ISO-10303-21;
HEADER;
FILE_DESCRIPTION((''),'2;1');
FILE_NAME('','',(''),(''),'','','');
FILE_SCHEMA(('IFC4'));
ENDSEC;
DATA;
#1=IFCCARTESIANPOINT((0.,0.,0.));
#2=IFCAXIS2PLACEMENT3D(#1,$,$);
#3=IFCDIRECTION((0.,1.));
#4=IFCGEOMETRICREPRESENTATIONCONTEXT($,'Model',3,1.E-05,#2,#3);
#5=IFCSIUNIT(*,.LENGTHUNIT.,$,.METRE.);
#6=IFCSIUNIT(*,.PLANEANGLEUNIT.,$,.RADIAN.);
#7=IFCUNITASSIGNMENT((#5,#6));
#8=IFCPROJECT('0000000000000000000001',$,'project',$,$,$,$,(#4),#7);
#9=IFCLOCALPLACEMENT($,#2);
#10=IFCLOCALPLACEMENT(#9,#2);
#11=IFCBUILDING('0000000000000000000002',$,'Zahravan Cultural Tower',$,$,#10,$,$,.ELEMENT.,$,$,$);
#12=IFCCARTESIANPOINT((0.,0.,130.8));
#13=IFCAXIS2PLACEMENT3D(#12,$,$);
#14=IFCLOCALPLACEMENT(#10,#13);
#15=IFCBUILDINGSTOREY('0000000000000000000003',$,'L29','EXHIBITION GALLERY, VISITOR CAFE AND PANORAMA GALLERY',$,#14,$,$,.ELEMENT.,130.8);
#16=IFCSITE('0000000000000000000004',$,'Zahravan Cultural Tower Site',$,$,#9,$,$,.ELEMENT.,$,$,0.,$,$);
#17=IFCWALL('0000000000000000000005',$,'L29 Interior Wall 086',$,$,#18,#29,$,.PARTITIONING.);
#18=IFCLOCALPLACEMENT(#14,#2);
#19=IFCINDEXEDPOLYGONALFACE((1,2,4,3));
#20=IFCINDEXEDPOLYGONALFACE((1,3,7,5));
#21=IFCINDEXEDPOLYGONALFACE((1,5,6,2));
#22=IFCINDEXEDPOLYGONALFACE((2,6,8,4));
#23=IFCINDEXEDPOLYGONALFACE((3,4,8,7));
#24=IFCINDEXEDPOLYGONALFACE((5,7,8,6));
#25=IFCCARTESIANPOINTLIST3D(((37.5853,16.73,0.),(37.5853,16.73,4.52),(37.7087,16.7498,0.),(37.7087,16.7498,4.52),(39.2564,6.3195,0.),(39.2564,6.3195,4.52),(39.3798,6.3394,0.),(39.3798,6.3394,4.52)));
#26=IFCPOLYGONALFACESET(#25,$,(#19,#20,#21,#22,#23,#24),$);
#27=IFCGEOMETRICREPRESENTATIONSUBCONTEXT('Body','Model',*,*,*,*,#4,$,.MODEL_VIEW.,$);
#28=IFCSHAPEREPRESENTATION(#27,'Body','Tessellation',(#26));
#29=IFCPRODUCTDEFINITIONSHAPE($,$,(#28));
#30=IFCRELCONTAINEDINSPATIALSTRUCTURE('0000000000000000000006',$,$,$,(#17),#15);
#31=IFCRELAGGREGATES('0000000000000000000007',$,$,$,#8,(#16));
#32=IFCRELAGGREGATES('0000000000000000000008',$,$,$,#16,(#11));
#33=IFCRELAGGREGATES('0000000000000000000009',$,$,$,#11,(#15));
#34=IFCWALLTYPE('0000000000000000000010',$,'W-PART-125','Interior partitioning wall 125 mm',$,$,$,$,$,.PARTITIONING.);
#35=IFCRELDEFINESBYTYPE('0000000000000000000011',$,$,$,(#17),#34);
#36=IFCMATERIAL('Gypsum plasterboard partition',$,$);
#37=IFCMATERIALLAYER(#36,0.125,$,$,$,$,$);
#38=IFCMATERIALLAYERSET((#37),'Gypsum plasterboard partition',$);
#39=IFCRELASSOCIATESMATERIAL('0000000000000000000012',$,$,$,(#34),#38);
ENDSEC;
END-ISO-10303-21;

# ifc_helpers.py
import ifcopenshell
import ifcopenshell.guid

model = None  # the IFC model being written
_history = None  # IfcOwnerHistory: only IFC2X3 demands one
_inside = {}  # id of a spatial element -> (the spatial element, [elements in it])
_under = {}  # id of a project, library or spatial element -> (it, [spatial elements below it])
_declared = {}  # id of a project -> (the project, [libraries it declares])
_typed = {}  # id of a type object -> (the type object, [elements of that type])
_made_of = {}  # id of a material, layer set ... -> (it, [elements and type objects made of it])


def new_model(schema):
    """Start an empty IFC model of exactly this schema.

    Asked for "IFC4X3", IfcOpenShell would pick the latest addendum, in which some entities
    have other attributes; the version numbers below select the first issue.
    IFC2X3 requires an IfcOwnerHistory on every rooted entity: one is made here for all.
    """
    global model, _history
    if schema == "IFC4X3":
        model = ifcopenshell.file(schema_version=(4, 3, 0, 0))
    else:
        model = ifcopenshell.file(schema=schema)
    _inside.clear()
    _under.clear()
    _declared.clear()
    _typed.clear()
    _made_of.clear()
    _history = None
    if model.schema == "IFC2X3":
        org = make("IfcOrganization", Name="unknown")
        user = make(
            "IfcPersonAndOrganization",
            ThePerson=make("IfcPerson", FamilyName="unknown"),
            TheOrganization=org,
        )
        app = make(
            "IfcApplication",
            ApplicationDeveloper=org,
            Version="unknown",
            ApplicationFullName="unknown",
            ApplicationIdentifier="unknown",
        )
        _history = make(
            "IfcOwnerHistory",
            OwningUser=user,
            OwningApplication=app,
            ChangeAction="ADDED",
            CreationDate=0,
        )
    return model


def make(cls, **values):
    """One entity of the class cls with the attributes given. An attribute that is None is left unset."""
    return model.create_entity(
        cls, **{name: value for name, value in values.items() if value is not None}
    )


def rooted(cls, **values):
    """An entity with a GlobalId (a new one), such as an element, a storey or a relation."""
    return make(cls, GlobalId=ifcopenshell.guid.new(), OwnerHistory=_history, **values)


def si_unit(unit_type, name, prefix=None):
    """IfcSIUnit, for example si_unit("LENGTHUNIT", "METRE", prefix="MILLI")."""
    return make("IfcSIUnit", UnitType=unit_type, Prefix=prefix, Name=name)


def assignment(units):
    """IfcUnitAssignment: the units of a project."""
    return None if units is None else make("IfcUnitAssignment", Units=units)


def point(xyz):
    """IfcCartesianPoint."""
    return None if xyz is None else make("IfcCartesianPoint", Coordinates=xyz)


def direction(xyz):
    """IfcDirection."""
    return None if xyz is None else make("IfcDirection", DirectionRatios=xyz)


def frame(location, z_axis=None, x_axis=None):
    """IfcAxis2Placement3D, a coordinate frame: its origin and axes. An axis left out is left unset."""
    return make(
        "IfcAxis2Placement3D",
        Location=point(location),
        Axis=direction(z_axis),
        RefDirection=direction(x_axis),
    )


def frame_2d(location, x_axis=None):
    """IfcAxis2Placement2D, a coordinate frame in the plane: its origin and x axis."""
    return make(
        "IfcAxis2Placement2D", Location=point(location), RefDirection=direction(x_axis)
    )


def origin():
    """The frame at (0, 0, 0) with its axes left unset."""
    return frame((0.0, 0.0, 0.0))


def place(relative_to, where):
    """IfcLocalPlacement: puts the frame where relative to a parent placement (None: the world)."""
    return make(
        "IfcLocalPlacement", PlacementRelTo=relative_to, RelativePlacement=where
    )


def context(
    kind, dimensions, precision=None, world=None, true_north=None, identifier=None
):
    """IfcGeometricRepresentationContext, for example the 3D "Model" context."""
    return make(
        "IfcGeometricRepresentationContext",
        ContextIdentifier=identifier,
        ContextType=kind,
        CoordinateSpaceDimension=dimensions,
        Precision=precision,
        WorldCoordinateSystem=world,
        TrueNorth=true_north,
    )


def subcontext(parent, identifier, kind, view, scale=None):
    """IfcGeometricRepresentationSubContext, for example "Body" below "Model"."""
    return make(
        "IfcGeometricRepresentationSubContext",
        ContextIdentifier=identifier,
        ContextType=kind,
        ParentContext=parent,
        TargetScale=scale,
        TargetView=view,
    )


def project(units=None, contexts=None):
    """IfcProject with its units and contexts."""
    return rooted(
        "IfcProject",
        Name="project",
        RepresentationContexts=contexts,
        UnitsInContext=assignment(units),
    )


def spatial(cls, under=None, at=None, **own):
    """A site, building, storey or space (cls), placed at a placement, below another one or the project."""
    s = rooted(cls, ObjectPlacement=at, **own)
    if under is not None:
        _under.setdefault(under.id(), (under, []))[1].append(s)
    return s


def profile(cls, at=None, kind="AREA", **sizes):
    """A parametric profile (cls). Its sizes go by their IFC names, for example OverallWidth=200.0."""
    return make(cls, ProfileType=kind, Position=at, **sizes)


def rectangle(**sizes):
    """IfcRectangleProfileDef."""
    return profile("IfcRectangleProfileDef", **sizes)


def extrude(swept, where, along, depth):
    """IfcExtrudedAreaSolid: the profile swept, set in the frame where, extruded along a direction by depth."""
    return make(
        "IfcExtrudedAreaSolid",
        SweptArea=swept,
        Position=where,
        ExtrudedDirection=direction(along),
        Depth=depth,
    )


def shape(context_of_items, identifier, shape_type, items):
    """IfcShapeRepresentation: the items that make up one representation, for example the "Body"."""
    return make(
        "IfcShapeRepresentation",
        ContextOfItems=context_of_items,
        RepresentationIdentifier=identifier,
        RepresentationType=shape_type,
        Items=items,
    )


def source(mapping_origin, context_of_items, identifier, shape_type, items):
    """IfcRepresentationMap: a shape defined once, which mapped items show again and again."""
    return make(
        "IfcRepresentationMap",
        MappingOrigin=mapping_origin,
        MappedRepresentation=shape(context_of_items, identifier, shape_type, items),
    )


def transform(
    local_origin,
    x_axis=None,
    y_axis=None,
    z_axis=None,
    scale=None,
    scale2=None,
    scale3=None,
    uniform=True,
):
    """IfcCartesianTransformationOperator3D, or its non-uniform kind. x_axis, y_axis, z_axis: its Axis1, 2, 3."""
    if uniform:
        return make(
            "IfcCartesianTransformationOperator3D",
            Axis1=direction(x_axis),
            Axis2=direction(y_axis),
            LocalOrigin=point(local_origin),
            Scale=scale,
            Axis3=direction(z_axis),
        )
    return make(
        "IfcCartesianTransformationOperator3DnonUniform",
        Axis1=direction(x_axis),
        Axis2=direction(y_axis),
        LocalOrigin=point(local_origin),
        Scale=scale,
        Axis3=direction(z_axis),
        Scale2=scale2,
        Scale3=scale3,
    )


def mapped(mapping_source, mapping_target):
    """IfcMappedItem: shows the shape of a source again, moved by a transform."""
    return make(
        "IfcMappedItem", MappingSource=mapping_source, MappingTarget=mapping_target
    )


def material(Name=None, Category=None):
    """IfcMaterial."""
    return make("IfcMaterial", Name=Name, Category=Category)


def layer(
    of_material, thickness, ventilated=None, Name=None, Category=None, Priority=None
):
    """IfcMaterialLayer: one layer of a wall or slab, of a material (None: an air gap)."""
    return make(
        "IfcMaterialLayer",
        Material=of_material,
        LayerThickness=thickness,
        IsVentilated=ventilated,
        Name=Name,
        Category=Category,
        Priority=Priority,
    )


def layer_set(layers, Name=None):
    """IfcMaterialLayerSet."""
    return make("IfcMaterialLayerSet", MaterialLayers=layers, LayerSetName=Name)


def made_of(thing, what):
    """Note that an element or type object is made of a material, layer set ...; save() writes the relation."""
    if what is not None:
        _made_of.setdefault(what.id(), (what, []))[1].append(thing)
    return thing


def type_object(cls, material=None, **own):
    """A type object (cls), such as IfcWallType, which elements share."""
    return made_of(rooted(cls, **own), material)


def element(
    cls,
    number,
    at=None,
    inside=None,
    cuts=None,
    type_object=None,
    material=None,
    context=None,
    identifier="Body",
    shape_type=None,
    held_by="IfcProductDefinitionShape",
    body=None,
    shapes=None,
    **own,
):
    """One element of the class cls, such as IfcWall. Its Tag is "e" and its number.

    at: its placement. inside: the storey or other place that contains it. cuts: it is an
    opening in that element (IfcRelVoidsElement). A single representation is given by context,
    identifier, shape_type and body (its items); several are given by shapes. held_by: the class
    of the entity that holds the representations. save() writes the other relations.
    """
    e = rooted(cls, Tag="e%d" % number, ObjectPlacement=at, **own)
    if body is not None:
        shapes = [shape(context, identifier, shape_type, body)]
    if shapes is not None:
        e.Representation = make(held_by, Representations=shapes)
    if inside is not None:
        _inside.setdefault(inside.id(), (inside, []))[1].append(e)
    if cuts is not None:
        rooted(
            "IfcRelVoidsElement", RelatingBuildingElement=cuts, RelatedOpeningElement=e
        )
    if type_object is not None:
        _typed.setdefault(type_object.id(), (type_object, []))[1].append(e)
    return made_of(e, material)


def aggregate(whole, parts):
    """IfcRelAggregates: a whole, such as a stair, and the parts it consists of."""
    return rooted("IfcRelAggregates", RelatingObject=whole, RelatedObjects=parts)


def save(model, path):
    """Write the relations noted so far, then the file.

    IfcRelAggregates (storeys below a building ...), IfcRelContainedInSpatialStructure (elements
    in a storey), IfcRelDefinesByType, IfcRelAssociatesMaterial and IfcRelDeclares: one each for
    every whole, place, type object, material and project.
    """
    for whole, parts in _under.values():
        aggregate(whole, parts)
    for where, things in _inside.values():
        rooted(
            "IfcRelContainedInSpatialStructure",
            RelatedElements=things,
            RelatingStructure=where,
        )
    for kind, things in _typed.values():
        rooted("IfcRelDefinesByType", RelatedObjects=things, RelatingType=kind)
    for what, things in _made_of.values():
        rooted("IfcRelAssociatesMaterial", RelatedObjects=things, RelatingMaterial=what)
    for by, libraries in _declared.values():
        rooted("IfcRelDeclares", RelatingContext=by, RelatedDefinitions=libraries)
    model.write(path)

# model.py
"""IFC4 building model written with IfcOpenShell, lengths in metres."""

from ifc_helpers import new_model, si_unit, direction, frame, frame_2d, origin, place, context, subcontext, project, spatial, rectangle, extrude, source, transform, mapped, material, layer, layer_set, type_object, element, save


model = new_model("IFC4")

# Units and contexts
model_context = context("Model", 3, precision=1e-05, world=origin(), true_north=direction((0.0, 1.0)))
body_context = subcontext(model_context, "Body", "Model", "MODEL_VIEW")
ifc_project = project(units=[si_unit("LENGTHUNIT", "METRE"), si_unit("PLANEANGLEUNIT", "RADIAN")], contexts=[model_context])

# Site, building, storey
site_placement = place(None, origin())
site = spatial("IfcSite", under=ifc_project, at=site_placement, Name="Zahravan Cultural Tower Site", CompositionType="ELEMENT", RefElevation=0.0)
building_placement = place(site_placement, origin())
building = spatial("IfcBuilding", under=site, at=building_placement, Name="Zahravan Cultural Tower", CompositionType="ELEMENT")
storey_placement = place(building_placement, frame((0.0, 0.0, 130.8)))
storey = spatial("IfcBuildingStorey", under=building, at=storey_placement, Name="L29", Description="EXHIBITION GALLERY, VISITOR CAFE AND PANORAMA GALLERY", CompositionType="ELEMENT", Elevation=130.8)

# Shared definitions
ifc_material_1 = material(Name="Gypsum plasterboard partition")
ifc_layer_1 = layer(ifc_material_1, 0.125)
ifc_layer_set_1 = layer_set([ifc_layer_1], Name="Gypsum plasterboard partition")
wall_type_1 = type_object("IfcWallType", Name="W-PART-125", Description="Interior partitioning wall 125 mm", PredefinedType="PARTITIONING", material=ifc_layer_set_1)

# Wall
shared_shape_1 = source(origin(), body_context, "Body", "SweptSolid", [
    extrude(rectangle(XDim=10.5437, YDim=0.125, at=frame_2d((5.272, 0.0))), origin(), (0.0, 0.0, 1.0), 4.52),
])
wall_1_placement = place(storey_placement, frame((37.647, 16.74, 0.0), z_axis=(0.0, 0.0, 1.0), x_axis=(0.158497, -0.987359, 0.0)))
element("IfcWall", 1, at=wall_1_placement, inside=storey, type_object=wall_type_1, Name="L29 Interior Wall 086", PredefinedType="PARTITIONING", context=body_context, shape_type="MappedRepresentation", body=[
    mapped(shared_shape_1, transform((0.0, 0.0, 0.0), x_axis=(1.0, 0.0, 0.0), y_axis=(0.0, 1.0, 0.0), z_axis=(0.0, 0.0, 1.0), scale=1.0)),
])

save(model, "model.ifc")
